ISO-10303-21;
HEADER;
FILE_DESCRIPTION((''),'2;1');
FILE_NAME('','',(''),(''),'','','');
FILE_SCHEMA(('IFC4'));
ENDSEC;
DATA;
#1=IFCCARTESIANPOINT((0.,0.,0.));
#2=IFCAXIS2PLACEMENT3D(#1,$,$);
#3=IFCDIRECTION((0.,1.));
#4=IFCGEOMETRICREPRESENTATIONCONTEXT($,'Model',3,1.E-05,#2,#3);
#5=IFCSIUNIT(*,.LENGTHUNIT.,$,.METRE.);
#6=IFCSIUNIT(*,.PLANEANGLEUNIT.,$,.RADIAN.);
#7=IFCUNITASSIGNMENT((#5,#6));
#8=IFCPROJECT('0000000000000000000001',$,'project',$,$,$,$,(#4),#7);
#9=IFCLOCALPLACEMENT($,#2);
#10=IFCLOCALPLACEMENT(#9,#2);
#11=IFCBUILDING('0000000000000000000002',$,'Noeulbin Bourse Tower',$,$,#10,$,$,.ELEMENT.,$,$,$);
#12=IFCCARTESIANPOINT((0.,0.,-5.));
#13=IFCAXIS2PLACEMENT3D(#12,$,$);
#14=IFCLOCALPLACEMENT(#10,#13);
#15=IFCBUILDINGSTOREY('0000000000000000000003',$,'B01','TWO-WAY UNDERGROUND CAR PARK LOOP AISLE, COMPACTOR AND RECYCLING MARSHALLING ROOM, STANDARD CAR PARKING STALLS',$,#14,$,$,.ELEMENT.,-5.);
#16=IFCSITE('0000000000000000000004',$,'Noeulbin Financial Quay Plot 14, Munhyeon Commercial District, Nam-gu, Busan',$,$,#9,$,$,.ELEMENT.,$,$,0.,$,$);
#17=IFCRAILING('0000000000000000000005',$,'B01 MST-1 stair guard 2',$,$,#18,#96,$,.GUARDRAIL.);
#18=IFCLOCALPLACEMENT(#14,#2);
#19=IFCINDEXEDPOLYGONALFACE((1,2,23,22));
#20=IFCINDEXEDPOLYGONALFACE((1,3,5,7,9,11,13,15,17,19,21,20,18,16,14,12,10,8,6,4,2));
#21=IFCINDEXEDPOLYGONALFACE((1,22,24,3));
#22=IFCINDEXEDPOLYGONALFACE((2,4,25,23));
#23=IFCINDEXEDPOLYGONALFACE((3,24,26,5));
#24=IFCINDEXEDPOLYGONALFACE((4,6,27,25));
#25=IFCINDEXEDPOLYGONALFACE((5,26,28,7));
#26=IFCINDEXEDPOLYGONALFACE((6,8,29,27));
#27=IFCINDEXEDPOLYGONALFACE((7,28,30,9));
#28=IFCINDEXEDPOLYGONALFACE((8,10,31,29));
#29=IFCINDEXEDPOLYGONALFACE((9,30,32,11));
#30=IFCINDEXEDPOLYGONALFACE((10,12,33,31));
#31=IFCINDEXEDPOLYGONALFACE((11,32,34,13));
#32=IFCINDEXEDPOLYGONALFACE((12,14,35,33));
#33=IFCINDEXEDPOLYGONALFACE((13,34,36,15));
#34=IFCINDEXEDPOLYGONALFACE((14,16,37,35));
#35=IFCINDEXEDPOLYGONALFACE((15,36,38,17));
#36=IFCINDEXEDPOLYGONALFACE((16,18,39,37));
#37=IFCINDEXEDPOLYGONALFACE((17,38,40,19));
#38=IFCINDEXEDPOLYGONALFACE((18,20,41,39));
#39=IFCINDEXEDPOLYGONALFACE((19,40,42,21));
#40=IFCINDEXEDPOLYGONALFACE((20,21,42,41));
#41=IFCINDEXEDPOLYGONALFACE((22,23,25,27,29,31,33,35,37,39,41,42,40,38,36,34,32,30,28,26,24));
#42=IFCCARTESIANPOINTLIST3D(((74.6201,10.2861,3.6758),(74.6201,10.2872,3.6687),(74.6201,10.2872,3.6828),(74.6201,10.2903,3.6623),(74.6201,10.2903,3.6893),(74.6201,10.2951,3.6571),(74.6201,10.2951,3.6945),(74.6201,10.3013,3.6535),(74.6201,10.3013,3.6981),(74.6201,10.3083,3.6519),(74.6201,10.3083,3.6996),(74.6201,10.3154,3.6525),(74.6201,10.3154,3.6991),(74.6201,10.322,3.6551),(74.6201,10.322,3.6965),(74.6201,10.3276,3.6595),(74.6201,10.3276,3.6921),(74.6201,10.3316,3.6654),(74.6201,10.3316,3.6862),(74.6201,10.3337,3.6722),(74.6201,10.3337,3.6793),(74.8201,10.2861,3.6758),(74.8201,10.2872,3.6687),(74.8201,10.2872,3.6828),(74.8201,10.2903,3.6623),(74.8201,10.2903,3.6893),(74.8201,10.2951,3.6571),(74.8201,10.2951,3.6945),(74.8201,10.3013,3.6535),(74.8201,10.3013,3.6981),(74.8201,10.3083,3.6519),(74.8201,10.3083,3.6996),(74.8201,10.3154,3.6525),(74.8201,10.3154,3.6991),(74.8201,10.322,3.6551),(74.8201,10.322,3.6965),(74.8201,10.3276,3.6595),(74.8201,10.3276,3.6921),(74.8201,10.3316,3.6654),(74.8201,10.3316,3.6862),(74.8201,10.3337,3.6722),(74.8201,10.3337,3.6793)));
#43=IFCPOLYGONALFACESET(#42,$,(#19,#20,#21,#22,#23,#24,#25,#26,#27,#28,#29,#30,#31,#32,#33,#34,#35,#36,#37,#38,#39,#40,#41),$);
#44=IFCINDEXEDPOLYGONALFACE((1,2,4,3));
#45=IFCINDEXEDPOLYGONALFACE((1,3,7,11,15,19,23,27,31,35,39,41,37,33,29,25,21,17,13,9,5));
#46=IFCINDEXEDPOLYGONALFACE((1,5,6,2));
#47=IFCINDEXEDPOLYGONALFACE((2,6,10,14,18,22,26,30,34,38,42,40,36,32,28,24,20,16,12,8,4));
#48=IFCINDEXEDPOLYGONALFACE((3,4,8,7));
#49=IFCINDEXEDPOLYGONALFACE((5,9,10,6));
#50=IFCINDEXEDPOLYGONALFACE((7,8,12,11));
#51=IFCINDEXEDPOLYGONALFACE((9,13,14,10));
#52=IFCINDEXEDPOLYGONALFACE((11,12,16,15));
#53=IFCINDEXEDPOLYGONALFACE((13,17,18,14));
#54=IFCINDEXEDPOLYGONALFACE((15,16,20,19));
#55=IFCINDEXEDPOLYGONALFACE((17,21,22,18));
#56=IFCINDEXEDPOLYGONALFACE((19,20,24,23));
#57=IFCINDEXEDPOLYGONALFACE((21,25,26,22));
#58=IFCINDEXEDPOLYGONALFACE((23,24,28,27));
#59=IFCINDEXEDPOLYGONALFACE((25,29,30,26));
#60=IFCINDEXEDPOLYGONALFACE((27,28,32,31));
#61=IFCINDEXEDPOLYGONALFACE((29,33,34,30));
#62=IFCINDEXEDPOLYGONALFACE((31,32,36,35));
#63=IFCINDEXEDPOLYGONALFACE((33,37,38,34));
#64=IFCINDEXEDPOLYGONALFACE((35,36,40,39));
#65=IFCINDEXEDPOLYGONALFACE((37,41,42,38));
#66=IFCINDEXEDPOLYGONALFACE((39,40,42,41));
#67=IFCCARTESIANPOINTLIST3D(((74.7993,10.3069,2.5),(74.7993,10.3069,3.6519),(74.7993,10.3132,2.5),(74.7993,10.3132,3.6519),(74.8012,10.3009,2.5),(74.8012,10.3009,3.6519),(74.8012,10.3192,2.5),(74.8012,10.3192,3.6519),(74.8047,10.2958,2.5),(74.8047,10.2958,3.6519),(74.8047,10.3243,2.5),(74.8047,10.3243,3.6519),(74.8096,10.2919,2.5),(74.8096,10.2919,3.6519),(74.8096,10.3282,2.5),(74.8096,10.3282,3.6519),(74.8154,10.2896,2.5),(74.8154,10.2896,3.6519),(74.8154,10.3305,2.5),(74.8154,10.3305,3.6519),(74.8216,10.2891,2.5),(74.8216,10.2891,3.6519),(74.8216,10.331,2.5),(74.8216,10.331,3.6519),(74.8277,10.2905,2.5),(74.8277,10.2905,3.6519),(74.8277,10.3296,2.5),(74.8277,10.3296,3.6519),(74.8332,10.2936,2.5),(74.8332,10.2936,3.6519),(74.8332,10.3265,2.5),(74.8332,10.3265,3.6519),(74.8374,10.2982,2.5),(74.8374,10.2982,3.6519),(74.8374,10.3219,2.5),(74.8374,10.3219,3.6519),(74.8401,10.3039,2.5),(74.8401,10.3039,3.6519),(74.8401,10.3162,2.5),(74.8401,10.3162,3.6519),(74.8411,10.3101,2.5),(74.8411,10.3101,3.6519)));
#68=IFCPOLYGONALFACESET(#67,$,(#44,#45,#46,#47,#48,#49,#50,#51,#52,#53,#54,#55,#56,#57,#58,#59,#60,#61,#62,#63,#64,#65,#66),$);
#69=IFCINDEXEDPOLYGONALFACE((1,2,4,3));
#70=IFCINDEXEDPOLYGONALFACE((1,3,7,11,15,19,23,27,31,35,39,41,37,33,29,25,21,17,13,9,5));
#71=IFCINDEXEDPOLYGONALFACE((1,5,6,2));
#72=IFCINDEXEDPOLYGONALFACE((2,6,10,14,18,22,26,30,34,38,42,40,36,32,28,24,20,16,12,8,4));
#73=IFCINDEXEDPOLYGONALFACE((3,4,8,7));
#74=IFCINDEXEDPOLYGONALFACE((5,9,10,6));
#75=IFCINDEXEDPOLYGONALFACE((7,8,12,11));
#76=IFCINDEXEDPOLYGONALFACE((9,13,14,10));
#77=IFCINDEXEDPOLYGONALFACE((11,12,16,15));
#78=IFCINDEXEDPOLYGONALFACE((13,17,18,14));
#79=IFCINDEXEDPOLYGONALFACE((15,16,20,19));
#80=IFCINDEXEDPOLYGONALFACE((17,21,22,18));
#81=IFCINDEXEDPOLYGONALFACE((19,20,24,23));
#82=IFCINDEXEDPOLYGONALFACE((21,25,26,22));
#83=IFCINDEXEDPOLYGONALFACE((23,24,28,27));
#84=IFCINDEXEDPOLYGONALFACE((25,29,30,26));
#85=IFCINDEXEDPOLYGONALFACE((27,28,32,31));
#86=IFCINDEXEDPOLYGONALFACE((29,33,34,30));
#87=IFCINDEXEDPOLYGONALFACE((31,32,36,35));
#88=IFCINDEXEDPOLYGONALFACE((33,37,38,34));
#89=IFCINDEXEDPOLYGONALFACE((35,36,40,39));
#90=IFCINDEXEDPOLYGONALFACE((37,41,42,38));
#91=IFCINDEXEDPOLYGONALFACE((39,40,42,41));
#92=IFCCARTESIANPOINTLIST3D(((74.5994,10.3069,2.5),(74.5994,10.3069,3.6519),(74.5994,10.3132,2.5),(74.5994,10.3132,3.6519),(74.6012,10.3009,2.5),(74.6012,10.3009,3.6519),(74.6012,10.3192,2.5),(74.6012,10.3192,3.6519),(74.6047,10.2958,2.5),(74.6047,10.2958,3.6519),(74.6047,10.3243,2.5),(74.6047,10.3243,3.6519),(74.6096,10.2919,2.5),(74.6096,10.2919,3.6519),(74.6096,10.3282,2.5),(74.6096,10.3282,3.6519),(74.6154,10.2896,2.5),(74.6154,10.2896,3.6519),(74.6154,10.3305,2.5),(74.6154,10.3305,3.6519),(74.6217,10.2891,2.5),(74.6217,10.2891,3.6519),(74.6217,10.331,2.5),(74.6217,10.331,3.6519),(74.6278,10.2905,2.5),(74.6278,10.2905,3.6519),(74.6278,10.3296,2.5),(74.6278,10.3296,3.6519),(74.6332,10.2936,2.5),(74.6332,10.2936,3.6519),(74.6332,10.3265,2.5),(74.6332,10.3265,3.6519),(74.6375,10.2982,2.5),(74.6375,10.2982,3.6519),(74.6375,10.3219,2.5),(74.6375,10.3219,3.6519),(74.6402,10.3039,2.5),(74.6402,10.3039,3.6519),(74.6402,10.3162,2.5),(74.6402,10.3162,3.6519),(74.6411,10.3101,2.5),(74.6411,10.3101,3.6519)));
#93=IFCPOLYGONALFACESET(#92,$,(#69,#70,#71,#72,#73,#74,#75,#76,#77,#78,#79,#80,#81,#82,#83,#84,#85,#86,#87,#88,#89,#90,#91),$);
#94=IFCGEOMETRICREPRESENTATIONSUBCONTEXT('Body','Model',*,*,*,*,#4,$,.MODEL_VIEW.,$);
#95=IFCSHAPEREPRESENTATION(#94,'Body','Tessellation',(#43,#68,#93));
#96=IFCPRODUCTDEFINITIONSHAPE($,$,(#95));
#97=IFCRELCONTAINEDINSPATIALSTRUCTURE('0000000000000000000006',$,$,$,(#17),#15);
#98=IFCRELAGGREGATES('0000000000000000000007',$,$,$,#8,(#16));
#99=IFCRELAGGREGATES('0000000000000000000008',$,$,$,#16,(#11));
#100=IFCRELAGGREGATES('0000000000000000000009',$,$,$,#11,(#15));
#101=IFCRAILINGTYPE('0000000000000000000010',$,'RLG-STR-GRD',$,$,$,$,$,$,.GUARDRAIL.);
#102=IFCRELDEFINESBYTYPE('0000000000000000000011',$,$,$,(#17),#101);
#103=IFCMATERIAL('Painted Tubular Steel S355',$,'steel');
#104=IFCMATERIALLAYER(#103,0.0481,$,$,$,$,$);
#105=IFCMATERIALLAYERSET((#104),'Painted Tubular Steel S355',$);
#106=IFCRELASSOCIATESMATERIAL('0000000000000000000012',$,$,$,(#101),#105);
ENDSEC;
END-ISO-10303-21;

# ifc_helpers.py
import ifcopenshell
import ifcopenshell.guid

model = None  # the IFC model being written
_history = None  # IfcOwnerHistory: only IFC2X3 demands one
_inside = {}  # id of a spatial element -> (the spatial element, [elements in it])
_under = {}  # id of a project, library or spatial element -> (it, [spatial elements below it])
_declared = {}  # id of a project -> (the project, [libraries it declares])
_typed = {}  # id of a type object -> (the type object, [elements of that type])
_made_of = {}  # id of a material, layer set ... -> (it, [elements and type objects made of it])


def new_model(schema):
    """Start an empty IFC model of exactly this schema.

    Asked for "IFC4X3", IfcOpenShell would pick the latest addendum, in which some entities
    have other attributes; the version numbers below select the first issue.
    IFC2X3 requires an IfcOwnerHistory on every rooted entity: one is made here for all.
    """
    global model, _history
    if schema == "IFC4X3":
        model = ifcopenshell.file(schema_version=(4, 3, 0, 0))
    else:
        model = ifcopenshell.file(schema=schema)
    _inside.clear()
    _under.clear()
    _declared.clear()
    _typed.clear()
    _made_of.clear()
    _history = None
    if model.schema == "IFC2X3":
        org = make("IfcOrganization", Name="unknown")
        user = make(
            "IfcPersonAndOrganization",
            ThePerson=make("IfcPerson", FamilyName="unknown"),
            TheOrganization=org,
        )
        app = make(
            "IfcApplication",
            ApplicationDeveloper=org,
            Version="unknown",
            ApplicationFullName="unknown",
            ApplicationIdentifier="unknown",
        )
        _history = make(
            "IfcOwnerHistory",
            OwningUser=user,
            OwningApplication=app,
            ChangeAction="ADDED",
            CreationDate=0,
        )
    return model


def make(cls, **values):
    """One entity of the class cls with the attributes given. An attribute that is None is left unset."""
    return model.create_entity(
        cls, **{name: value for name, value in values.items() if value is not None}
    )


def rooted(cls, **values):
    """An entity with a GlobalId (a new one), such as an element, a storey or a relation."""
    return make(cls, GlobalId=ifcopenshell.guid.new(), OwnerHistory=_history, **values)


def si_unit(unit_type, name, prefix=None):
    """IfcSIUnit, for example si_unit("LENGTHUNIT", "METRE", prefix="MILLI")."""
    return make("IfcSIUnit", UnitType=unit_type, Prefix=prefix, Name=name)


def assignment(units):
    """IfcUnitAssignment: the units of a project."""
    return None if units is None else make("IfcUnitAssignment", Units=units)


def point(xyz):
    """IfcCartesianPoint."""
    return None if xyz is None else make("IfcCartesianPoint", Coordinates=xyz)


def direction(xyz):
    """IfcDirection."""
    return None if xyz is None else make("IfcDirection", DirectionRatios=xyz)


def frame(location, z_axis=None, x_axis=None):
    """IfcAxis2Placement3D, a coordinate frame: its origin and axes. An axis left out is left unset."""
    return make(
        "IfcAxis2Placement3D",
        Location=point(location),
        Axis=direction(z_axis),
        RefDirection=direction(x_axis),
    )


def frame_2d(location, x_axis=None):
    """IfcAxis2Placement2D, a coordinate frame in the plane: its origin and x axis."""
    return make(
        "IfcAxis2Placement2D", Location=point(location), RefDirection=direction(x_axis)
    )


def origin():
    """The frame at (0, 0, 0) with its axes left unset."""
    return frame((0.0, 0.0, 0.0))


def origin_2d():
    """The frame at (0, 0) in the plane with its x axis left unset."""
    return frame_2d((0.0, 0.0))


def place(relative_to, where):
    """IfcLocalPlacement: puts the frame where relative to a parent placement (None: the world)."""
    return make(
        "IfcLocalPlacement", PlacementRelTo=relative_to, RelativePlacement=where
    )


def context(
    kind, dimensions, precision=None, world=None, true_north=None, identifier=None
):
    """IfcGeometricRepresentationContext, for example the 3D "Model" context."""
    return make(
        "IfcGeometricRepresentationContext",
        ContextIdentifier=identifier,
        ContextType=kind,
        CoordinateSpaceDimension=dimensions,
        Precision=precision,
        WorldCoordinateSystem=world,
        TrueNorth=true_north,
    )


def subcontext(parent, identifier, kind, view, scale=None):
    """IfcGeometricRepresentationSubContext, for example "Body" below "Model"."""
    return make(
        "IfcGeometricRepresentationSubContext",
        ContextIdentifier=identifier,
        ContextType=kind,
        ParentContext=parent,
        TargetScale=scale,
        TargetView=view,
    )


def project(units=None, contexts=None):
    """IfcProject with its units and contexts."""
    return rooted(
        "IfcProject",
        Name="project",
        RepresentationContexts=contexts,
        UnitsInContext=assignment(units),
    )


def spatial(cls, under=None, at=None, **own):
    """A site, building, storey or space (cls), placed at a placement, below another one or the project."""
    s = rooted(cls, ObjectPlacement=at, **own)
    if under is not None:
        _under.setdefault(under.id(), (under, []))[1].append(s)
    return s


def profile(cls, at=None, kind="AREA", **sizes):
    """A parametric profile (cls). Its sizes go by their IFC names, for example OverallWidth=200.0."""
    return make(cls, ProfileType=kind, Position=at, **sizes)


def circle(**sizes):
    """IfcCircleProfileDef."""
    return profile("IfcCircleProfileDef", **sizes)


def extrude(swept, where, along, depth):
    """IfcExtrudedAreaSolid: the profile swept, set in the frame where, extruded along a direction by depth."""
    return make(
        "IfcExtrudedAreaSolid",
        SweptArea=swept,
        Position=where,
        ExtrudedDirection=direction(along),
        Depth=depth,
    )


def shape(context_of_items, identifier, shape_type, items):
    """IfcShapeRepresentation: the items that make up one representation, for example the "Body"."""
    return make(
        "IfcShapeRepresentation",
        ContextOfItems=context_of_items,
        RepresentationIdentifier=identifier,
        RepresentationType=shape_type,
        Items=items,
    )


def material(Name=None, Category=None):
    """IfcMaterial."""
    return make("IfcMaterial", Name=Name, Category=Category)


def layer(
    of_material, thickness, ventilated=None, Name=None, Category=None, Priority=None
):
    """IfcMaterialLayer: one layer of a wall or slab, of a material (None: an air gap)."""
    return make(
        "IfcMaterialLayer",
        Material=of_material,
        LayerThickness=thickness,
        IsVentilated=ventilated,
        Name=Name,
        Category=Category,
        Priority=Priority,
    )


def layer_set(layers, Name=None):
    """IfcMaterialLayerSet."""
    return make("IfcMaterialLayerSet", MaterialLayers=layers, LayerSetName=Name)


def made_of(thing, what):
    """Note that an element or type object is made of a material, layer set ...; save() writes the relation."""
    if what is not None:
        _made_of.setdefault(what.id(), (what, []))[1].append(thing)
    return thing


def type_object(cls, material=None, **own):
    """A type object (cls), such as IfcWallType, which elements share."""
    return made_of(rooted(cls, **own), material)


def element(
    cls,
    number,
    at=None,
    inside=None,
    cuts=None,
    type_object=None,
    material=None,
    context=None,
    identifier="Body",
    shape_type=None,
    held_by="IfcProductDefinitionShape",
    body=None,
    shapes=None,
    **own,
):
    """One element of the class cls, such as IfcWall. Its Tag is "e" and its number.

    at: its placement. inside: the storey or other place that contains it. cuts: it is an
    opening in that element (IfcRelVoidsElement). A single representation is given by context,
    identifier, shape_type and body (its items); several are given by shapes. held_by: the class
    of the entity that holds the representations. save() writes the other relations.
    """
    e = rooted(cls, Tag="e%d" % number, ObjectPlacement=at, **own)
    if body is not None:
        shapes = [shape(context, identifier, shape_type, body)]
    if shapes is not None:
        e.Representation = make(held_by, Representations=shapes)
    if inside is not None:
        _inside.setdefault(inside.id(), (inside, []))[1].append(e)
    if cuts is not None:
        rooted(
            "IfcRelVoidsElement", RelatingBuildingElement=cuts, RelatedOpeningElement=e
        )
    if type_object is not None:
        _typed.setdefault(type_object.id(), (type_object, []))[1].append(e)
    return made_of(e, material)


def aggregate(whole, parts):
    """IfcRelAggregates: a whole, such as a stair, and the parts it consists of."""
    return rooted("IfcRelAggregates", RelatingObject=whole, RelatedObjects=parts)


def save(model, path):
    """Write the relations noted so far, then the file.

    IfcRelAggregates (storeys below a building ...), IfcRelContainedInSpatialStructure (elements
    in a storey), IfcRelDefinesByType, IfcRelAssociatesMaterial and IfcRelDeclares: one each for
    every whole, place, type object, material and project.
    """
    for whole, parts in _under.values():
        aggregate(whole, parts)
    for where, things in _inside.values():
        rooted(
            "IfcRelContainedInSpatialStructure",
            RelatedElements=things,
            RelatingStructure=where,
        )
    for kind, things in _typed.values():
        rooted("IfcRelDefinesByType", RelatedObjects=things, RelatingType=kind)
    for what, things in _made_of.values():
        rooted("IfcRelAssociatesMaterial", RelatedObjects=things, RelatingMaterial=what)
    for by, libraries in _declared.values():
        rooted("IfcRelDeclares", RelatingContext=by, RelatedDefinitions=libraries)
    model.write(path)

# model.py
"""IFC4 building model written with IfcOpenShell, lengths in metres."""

from ifc_helpers import new_model, si_unit, direction, frame, origin, origin_2d, place, context, subcontext, project, spatial, circle, extrude, material, layer, layer_set, type_object, element, save


model = new_model("IFC4")

# Units and contexts
model_context = context("Model", 3, precision=1e-05, world=origin(), true_north=direction((0.0, 1.0)))
body_context = subcontext(model_context, "Body", "Model", "MODEL_VIEW")
ifc_project = project(units=[si_unit("LENGTHUNIT", "METRE"), si_unit("PLANEANGLEUNIT", "RADIAN")], contexts=[model_context])

# Site, building, storey
site_placement = place(None, origin())
site = spatial("IfcSite", under=ifc_project, at=site_placement, Name="Noeulbin Financial Quay Plot 14, Munhyeon Commercial District, Nam-gu, Busan", CompositionType="ELEMENT", RefElevation=0.0)
building_placement = place(site_placement, origin())
building = spatial("IfcBuilding", under=site, at=building_placement, Name="Noeulbin Bourse Tower", CompositionType="ELEMENT")
storey_placement = place(building_placement, frame((0.0, 0.0, -5.0)))
storey = spatial("IfcBuildingStorey", under=building, at=storey_placement, Name="B01", Description="TWO-WAY UNDERGROUND CAR PARK LOOP AISLE, COMPACTOR AND RECYCLING MARSHALLING ROOM, STANDARD CAR PARKING STALLS", CompositionType="ELEMENT", Elevation=-5.0)

# Railing
ifc_material_1 = material(Name="Painted Tubular Steel S355", Category="steel")
ifc_layer_1 = layer(ifc_material_1, 0.0481)
ifc_layer_set_1 = layer_set([ifc_layer_1], Name="Painted Tubular Steel S355")
railing_type_1 = type_object("IfcRailingType", Name="RLG-STR-GRD", PredefinedType="GUARDRAIL", material=ifc_layer_set_1)
railing_1_placement = place(storey_placement, frame((74.8201, 10.3101, 2.5)))
element("IfcRailing", 1, at=railing_1_placement, inside=storey, type_object=railing_type_1, Name="B01 MST-1 stair guard 2", PredefinedType="GUARDRAIL", context=body_context, shape_type="SweptSolid", body=[
    extrude(circle(Radius=0.0239, at=origin_2d()), frame((0.0, 0.0, 1.1758), z_axis=(-1.0, 0.0, 0.0), x_axis=(0.0, -1.0, 0.0)), (0.0, 0.0, 1.0), 0.2),
    extrude(circle(Radius=0.021, at=origin_2d()), origin(), (0.0, 0.0, 1.0), 1.1519),
    extrude(circle(Radius=0.021, at=origin_2d()), frame((-0.2, 0.0, 0.0)), (0.0, 0.0, 1.0), 1.1519),
])

save(model, "model.ifc")
